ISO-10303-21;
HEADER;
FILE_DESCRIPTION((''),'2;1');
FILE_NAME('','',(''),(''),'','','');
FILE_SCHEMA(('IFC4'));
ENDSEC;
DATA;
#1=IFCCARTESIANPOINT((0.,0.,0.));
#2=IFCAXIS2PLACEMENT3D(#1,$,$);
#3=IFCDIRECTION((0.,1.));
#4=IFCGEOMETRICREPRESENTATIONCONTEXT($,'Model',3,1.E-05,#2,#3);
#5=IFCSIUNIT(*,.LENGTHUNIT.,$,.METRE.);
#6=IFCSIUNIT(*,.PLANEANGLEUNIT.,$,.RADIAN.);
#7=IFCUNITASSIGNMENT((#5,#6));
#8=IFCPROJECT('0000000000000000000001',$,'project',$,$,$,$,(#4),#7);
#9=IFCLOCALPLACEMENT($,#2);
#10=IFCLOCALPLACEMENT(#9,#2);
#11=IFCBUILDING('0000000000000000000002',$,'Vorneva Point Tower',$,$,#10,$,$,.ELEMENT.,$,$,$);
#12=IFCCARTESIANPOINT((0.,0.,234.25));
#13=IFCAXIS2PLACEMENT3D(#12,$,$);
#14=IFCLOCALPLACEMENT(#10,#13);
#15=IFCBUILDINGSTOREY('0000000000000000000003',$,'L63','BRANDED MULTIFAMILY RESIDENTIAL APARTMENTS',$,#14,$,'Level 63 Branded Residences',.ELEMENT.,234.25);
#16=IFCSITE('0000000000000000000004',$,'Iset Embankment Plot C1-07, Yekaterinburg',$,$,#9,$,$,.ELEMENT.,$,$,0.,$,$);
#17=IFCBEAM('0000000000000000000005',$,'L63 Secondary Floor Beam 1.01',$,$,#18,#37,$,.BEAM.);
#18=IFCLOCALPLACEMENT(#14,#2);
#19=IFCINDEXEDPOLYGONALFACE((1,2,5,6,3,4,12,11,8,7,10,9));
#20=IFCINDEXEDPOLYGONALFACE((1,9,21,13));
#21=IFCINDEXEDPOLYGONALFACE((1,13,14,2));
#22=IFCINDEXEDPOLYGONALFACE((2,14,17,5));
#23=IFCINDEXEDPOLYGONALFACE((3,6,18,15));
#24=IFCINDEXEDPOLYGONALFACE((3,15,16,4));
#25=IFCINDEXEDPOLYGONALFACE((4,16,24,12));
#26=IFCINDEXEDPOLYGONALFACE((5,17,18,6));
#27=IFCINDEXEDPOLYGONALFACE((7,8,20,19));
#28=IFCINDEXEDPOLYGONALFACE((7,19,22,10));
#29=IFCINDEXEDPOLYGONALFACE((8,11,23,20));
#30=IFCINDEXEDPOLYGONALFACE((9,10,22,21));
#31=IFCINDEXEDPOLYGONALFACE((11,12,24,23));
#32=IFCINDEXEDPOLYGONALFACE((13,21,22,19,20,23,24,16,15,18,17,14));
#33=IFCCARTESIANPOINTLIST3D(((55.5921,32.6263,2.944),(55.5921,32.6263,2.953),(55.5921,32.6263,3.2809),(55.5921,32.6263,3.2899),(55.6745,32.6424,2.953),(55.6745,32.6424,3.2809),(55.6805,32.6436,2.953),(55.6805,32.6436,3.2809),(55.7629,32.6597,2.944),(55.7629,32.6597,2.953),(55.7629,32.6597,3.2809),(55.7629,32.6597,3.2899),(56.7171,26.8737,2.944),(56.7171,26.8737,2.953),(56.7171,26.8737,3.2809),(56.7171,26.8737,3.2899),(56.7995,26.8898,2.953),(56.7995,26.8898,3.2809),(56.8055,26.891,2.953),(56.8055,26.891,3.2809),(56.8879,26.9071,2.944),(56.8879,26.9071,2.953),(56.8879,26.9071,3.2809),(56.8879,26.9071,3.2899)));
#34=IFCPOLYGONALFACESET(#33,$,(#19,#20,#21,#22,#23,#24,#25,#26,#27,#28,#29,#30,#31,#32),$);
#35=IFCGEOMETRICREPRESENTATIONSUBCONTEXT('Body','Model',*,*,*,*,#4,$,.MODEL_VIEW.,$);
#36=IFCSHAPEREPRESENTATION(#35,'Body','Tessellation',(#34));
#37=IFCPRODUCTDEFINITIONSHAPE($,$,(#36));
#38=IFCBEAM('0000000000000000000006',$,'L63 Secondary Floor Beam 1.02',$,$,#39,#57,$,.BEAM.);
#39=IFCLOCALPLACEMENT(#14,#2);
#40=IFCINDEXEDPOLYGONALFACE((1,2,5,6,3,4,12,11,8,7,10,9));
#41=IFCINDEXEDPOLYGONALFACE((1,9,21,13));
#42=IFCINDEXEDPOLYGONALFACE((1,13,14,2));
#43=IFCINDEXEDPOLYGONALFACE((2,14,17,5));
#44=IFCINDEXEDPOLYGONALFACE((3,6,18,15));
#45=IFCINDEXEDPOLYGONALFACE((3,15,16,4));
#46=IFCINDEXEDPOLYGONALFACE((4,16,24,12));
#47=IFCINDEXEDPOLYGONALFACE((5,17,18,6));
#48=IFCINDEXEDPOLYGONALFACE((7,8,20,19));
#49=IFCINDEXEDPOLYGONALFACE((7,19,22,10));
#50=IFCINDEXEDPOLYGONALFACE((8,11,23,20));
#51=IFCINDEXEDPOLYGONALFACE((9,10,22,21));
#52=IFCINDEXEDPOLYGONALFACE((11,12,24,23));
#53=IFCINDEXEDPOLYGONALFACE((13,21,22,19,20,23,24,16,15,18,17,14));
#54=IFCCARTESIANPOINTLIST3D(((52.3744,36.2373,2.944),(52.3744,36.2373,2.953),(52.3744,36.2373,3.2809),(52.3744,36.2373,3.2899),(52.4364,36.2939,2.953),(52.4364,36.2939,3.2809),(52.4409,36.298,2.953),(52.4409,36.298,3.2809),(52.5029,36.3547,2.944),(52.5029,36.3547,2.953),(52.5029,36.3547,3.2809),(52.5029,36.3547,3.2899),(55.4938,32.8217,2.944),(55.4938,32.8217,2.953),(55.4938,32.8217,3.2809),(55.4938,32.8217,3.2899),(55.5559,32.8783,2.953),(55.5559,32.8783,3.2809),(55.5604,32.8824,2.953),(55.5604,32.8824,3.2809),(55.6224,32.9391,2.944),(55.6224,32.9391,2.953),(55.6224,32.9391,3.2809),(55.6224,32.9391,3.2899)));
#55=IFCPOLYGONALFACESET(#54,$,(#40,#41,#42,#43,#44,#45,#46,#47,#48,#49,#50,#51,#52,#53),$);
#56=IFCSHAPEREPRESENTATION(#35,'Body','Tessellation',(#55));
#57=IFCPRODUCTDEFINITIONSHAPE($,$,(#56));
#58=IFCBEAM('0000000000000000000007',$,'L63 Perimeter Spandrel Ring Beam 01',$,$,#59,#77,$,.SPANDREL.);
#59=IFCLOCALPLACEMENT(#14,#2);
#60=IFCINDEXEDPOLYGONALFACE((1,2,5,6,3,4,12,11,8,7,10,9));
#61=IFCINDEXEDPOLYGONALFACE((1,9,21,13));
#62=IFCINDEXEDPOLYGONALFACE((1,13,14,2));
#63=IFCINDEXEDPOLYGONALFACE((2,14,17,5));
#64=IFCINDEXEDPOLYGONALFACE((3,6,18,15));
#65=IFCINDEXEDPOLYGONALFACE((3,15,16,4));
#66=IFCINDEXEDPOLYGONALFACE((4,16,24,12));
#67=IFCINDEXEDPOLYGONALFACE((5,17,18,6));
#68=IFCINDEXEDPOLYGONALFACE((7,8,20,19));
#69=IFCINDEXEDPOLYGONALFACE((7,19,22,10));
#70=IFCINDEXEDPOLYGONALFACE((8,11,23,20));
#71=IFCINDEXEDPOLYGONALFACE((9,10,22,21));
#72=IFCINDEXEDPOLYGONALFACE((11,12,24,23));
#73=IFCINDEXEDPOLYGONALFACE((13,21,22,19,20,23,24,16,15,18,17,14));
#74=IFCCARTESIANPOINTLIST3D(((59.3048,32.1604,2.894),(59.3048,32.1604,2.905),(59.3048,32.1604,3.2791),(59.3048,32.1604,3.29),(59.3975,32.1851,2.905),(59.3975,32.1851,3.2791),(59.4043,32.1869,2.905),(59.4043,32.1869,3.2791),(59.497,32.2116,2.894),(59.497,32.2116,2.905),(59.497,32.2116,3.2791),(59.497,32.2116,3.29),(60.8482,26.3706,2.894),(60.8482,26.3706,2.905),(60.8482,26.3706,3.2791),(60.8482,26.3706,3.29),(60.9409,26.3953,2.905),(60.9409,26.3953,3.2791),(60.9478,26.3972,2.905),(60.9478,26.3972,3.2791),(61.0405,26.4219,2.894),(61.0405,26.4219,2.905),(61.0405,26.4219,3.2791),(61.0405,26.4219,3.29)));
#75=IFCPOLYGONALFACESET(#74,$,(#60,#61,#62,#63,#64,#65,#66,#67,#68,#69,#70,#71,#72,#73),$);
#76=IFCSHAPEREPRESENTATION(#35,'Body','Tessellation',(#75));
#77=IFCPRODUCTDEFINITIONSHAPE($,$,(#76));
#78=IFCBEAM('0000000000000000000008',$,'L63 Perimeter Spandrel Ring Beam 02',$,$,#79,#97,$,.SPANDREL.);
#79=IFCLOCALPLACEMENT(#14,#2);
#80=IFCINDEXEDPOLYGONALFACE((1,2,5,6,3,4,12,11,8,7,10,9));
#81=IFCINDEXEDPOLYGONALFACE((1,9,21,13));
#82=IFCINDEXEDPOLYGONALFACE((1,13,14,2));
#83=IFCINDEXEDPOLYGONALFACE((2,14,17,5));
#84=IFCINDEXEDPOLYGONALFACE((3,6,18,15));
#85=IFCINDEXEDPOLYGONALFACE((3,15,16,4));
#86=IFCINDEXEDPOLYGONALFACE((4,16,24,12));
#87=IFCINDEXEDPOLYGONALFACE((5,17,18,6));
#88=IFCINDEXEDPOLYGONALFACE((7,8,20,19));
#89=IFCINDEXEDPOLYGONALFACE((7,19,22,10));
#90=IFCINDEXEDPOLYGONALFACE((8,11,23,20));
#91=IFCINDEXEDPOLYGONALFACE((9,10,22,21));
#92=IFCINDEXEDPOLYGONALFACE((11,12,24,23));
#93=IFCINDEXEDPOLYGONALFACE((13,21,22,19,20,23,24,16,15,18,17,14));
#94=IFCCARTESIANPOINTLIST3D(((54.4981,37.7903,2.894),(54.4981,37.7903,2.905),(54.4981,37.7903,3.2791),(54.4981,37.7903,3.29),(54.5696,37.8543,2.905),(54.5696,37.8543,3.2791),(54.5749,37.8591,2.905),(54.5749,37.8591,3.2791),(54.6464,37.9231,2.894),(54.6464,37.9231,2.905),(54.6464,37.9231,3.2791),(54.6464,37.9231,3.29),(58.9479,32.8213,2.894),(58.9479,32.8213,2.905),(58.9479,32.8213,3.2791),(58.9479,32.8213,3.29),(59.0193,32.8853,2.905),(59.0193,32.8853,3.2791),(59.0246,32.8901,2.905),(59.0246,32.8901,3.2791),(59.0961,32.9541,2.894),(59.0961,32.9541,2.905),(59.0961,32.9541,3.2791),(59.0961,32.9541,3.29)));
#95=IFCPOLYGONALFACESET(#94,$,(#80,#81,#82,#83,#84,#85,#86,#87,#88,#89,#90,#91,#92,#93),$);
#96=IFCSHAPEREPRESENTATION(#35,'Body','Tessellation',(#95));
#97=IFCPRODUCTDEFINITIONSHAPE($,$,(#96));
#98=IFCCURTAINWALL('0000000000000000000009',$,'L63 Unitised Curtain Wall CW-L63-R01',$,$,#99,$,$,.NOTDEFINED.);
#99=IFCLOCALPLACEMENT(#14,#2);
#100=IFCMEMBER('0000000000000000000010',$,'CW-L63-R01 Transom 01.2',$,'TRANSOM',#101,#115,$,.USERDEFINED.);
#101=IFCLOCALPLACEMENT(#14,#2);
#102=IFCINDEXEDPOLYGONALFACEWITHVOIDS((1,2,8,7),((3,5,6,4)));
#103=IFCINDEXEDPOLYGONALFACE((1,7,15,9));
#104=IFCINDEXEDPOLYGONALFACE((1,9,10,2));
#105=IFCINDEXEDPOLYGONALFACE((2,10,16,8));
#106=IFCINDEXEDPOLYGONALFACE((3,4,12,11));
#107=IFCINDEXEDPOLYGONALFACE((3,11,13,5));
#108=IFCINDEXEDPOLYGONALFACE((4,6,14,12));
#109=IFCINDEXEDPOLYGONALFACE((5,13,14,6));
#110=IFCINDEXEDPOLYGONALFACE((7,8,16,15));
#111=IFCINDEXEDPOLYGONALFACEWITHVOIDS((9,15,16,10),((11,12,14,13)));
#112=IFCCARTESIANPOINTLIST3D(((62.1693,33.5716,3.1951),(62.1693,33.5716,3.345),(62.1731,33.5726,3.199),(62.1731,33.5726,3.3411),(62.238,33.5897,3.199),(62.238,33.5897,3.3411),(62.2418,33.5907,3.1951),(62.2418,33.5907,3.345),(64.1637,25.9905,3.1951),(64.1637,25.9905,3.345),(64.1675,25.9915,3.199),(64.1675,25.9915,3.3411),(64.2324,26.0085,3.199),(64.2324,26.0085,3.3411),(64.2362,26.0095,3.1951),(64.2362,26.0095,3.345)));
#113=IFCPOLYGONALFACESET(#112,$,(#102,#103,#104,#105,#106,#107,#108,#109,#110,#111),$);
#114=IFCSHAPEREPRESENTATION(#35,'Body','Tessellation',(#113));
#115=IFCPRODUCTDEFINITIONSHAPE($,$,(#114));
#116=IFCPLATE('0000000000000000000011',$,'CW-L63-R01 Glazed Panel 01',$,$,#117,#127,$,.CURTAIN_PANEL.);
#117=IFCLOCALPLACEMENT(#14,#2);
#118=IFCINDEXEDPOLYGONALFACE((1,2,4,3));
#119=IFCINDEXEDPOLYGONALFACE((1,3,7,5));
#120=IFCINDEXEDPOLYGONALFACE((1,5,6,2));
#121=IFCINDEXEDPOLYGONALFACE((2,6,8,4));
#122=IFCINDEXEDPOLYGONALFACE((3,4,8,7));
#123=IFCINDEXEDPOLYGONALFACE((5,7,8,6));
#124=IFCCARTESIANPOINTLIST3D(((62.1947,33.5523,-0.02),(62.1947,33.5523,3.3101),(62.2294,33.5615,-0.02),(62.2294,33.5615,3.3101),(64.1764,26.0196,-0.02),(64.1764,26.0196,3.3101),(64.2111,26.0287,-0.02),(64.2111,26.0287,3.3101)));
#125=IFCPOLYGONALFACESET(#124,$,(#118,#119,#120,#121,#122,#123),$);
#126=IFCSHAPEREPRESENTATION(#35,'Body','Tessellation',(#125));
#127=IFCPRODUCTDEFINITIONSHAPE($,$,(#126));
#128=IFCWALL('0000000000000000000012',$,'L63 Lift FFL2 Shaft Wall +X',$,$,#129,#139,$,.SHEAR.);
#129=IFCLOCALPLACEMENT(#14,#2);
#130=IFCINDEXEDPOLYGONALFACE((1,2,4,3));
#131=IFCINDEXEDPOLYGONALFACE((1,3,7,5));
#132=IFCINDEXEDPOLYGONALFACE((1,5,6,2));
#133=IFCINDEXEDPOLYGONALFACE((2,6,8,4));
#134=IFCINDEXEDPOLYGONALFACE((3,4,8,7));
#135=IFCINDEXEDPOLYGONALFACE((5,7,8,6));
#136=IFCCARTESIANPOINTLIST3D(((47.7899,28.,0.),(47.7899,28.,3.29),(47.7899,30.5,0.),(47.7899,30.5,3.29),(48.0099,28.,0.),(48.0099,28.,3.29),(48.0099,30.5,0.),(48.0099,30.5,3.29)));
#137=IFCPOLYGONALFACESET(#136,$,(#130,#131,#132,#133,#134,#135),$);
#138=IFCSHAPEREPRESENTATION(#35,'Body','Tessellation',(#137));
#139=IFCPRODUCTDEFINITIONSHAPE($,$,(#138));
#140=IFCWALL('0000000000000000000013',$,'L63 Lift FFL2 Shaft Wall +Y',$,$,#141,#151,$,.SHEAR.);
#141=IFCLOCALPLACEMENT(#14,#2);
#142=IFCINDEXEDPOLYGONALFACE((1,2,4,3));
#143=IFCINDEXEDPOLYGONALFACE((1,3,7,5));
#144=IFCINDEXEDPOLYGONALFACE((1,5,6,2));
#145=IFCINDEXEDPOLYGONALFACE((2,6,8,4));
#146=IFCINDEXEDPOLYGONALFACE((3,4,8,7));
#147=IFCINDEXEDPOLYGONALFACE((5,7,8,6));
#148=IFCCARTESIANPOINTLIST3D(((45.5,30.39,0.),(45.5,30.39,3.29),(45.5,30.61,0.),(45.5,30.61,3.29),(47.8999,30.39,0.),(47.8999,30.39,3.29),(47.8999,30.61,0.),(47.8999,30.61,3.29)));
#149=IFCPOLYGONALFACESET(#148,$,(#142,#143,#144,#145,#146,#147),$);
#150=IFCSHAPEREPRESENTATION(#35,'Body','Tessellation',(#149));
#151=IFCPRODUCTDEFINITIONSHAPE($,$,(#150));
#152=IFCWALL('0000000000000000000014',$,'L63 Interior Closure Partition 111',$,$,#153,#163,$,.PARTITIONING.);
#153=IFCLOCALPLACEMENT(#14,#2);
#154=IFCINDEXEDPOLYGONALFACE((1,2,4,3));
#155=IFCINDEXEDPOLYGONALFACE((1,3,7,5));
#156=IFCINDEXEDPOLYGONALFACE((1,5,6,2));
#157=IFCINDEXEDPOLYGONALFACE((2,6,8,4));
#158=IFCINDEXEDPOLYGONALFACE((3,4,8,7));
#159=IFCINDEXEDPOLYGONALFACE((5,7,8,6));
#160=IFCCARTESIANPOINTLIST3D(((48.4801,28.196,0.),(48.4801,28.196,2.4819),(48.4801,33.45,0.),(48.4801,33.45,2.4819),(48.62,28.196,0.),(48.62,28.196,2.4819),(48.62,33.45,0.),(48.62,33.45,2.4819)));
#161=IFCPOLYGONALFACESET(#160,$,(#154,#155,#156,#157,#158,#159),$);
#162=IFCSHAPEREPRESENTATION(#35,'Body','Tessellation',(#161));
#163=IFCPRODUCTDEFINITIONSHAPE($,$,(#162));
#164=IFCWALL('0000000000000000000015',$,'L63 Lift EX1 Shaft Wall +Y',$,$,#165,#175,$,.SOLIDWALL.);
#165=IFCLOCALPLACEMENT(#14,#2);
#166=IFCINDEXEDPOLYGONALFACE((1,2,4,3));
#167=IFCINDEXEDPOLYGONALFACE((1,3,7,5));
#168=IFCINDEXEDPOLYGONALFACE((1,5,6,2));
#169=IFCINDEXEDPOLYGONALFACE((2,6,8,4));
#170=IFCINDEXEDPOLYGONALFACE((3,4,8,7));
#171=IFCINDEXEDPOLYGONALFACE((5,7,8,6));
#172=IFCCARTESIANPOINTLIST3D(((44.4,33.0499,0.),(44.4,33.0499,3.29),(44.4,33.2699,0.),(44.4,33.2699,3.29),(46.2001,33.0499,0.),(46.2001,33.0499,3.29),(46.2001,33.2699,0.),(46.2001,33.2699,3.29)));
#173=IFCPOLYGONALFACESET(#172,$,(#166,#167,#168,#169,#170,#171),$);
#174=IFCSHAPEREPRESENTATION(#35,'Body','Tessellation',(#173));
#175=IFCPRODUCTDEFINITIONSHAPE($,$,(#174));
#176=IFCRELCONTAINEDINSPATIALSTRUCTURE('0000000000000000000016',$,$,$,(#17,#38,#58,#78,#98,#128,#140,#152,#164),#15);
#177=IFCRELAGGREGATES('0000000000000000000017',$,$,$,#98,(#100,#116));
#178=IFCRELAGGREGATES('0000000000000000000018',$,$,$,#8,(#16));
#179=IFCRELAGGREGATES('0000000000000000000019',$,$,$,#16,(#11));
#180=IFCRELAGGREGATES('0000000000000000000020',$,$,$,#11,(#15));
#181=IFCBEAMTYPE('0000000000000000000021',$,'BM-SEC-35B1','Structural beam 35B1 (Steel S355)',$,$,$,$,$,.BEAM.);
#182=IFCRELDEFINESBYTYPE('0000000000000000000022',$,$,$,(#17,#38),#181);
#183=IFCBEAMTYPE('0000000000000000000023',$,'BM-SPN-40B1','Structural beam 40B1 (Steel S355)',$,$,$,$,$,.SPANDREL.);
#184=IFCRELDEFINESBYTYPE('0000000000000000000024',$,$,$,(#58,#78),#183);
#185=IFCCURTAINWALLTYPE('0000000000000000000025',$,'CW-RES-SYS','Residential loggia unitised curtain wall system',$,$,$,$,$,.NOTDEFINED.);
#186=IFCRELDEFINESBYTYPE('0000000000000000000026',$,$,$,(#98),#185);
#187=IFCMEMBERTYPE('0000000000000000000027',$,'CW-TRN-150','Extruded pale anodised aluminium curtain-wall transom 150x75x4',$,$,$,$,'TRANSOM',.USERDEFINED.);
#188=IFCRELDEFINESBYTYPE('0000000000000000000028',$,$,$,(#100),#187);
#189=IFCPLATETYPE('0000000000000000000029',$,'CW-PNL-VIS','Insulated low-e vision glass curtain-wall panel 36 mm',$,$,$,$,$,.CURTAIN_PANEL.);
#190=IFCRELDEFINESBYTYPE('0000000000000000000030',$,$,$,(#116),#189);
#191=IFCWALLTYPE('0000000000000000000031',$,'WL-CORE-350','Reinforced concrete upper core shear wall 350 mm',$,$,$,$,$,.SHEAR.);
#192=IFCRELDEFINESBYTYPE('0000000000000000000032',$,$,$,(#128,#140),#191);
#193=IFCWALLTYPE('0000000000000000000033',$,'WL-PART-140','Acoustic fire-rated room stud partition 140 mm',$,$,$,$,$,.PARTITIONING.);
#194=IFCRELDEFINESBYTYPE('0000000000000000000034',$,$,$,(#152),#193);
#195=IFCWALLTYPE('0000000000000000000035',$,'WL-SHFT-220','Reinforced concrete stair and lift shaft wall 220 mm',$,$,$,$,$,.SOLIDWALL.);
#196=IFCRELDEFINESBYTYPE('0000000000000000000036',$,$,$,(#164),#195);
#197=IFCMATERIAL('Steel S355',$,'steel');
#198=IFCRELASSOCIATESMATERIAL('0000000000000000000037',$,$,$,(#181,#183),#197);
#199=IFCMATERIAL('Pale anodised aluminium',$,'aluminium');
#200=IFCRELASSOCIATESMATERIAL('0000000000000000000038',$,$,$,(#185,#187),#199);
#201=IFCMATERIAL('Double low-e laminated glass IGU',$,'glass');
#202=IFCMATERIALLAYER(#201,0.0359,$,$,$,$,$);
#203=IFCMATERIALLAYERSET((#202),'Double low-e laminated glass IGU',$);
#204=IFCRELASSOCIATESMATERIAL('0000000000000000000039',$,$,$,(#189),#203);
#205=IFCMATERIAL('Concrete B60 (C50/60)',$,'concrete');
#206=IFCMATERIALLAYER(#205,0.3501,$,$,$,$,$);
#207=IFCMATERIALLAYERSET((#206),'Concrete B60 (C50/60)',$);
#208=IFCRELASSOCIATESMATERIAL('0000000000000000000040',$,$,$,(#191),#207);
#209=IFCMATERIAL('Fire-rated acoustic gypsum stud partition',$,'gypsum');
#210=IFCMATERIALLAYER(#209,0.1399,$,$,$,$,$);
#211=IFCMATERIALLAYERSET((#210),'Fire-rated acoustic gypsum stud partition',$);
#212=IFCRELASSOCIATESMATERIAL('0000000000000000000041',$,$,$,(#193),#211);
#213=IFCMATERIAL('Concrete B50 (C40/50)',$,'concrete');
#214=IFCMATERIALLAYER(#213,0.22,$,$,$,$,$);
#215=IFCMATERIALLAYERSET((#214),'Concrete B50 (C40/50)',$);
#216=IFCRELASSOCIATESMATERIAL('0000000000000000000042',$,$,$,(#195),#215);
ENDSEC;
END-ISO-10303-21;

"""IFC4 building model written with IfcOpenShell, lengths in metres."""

from ifc_helpers import new_model, si_unit, direction, frame, frame_2d, origin, origin_2d, place, context, subcontext, project, spatial, rectangle, hollow_rectangle, i_section, extrude, material, layer, layer_set, material_profile, profile_set, type_object, element, aggregate, save


model = new_model("IFC4")

# Units and contexts
model_context = context("Model", 3, precision=1e-05, world=origin(), true_north=direction((0.0, 1.0)))
body_context = subcontext(model_context, "Body", "Model", "MODEL_VIEW")
ifc_project = project(units=[si_unit("LENGTHUNIT", "METRE"), si_unit("PLANEANGLEUNIT", "RADIAN")], contexts=[model_context])

# Site, building, storey
site_placement = place(None, origin())
site = spatial("IfcSite", under=ifc_project, at=site_placement, Name="Iset Embankment Plot C1-07, Yekaterinburg", CompositionType="ELEMENT", RefElevation=0.0)
building_placement = place(site_placement, origin())
building = spatial("IfcBuilding", under=site, at=building_placement, Name="Vorneva Point Tower", CompositionType="ELEMENT")
storey_placement = place(building_placement, frame((0.0, 0.0, 234.25)))
storey = spatial("IfcBuildingStorey", under=building, at=storey_placement, Name="L63", Description="BRANDED MULTIFAMILY RESIDENTIAL APARTMENTS", LongName="Level 63 Branded Residences", CompositionType="ELEMENT", Elevation=234.25)

# Shared definitions
ifc_material_1 = material(Name="Concrete B50 (C40/50)", Category="concrete")

# Beams
ifc_material_2 = material(Name="Steel S355", Category="steel")
ifc_material_profile_1 = material_profile(ifc_material_2, i_section(OverallWidth=0.1741, OverallDepth=0.3459, WebThickness=0.0061, FlangeThickness=0.009, at=origin_2d()), Name="35B1")
ifc_profile_set_1 = profile_set([ifc_material_profile_1], Name="Steel S355")
beam_type_1 = type_object("IfcBeamType", Name="BM-SEC-35B1", Description="Structural beam 35B1 (Steel S355)", PredefinedType="BEAM", material=ifc_profile_set_1)
beam_1_placement = place(storey_placement, frame((56.8025, 26.8904, 3.1169), z_axis=(-0.191925, 0.98141, 0.0), x_axis=(-0.98141, -0.191925, 0.0)))
element("IfcBeam", 1, at=beam_1_placement, inside=storey, type_object=beam_type_1, Name="L63 Secondary Floor Beam 1.01", PredefinedType="BEAM", context=body_context, shape_type="SweptSolid", body=[
    extrude(i_section(OverallWidth=0.1741, OverallDepth=0.3459, WebThickness=0.0061, FlangeThickness=0.009, at=origin_2d()), origin(), (0.0, 0.0, 1.0), 5.8616),
])
beam_2_placement = place(storey_placement, frame((55.5581, 32.8804, 3.1169), z_axis=(-0.674371, 0.738393, 0.0), x_axis=(-0.738393, -0.674371, 0.0)))
element("IfcBeam", 2, at=beam_2_placement, inside=storey, type_object=beam_type_1, Name="L63 Secondary Floor Beam 1.02", PredefinedType="BEAM", context=body_context, shape_type="SweptSolid", body=[
    extrude(i_section(OverallWidth=0.1741, OverallDepth=0.3459, WebThickness=0.0061, FlangeThickness=0.009, at=origin_2d()), origin(), (0.0, 0.0, 1.0), 4.6257),
])
ifc_material_profile_2 = material_profile(ifc_material_2, i_section(OverallWidth=0.199, OverallDepth=0.396, WebThickness=0.0071, FlangeThickness=0.011, at=origin_2d()), Name="40B1")
ifc_profile_set_2 = profile_set([ifc_material_profile_2], Name="Steel S355")
beam_type_2 = type_object("IfcBeamType", Name="BM-SPN-40B1", Description="Structural beam 40B1 (Steel S355)", PredefinedType="SPANDREL", material=ifc_profile_set_2)
beam_3_placement = place(storey_placement, frame((60.9443, 26.3962, 3.092), z_axis=(-0.257587, 0.966255, 0.0), x_axis=(-0.966255, -0.257587, 0.0)))
element("IfcBeam", 3, at=beam_3_placement, inside=storey, type_object=beam_type_2, Name="L63 Perimeter Spandrel Ring Beam 01", PredefinedType="SPANDREL", context=body_context, shape_type="SweptSolid", body=[
    extrude(i_section(OverallWidth=0.199, OverallDepth=0.396, WebThickness=0.0071, FlangeThickness=0.011, at=origin_2d()), origin(), (0.0, 0.0, 1.0), 5.9919),
])
beam_4_placement = place(storey_placement, frame((59.022, 32.8877, 3.092), z_axis=(-0.667108, 0.744961, 0.0), x_axis=(-0.744961, -0.667108, 0.0)))
element("IfcBeam", 4, at=beam_4_placement, inside=storey, type_object=beam_type_2, Name="L63 Perimeter Spandrel Ring Beam 02", PredefinedType="SPANDREL", context=body_context, shape_type="SweptSolid", body=[
    extrude(i_section(OverallWidth=0.199, OverallDepth=0.396, WebThickness=0.0071, FlangeThickness=0.011, at=origin_2d()), origin(), (0.0, 0.0, 1.0), 6.6702),
])

# Curtain wall, member, plate
ifc_material_3 = material(Name="Pale anodised aluminium", Category="aluminium")
curtain_wall_type = type_object("IfcCurtainWallType", Name="CW-RES-SYS", Description="Residential loggia unitised curtain wall system", PredefinedType="NOTDEFINED", material=ifc_material_3)
curtain_wall_placement = place(storey_placement, origin())
curtain_wall = element("IfcCurtainWall", 5, at=curtain_wall_placement, inside=storey, type_object=curtain_wall_type, Name="L63 Unitised Curtain Wall CW-L63-R01", PredefinedType="NOTDEFINED")
ifc_material_profile_3 = material_profile(ifc_material_3, hollow_rectangle(XDim=0.075, YDim=0.1499, WallThickness=0.0039, at=origin_2d()), Name="AL-TRN 150x75x4")
ifc_profile_set_3 = profile_set([ifc_material_profile_3], Name="Pale anodised aluminium")
member_type = type_object("IfcMemberType", Name="CW-TRN-150", Description="Extruded pale anodised aluminium curtain-wall transom 150x75x4", ElementType="TRANSOM", PredefinedType="USERDEFINED", material=ifc_profile_set_3)
member_placement = place(storey_placement, frame((64.2, 26.0, 3.27), z_axis=(-0.254418, 0.967094, 0.0), x_axis=(-0.967094, -0.254418, 0.0)))
member = element("IfcMember", 6, at=member_placement, type_object=member_type, Name="CW-L63-R01 Transom 01.2", ObjectType="TRANSOM", PredefinedType="USERDEFINED", context=body_context, shape_type="SweptSolid", body=[
    extrude(hollow_rectangle(XDim=0.075, YDim=0.1499, WallThickness=0.0039, at=origin_2d()), origin(), (0.0, 0.0, 1.0), 7.8391),
])
ifc_material_4 = material(Name="Double low-e laminated glass IGU", Category="glass")
ifc_layer_1 = layer(ifc_material_4, 0.0359)
ifc_layer_set_1 = layer_set([ifc_layer_1], Name="Double low-e laminated glass IGU")
plate_type = type_object("IfcPlateType", Name="CW-PNL-VIS", Description="Insulated low-e vision glass curtain-wall panel 36 mm", PredefinedType="CURTAIN_PANEL", material=ifc_layer_set_1)
plate_placement = place(storey_placement, frame((63.2029, 29.7905, -0.02), z_axis=(0.0, 0.0, 1.0), x_axis=(-0.254416, 0.967095, 0.0)))
plate = element("IfcPlate", 7, at=plate_placement, type_object=plate_type, Name="CW-L63-R01 Glazed Panel 01", PredefinedType="CURTAIN_PANEL", context=body_context, shape_type="SweptSolid", body=[
    extrude(rectangle(XDim=7.7891, YDim=0.0359, at=origin_2d()), origin(), (0.0, 0.0, 1.0), 3.3301),
])
aggregate(curtain_wall, [member, plate])

# Walls
ifc_material_5 = material(Name="Concrete B60 (C50/60)", Category="concrete")
ifc_layer_2 = layer(ifc_material_5, 0.3501)
ifc_layer_set_2 = layer_set([ifc_layer_2], Name="Concrete B60 (C50/60)")
wall_type_1 = type_object("IfcWallType", Name="WL-CORE-350", Description="Reinforced concrete upper core shear wall 350 mm", PredefinedType="SHEAR", material=ifc_layer_set_2)
wall_1_placement = place(storey_placement, frame((47.8999, 28.0, 0.0), z_axis=(0.0, 0.0, 1.0), x_axis=(0.0, 1.0, 0.0)))
element("IfcWall", 8, at=wall_1_placement, inside=storey, type_object=wall_type_1, Name="L63 Lift FFL2 Shaft Wall +X", PredefinedType="SHEAR", context=body_context, shape_type="SweptSolid", body=[
    extrude(rectangle(XDim=2.5, YDim=0.22, at=frame_2d((1.25, 0.0))), origin(), (0.0, 0.0, 1.0), 3.29),
])
wall_2_placement = place(storey_placement, frame((47.8999, 30.5, 0.0), z_axis=(0.0, 0.0, 1.0), x_axis=(-1.0, 0.0, 0.0)))
element("IfcWall", 9, at=wall_2_placement, inside=storey, type_object=wall_type_1, Name="L63 Lift FFL2 Shaft Wall +Y", PredefinedType="SHEAR", context=body_context, shape_type="SweptSolid", body=[
    extrude(rectangle(XDim=2.3999, YDim=0.22, at=frame_2d((1.2, 0.0))), origin(), (0.0, 0.0, 1.0), 3.29),
])
ifc_material_6 = material(Name="Fire-rated acoustic gypsum stud partition", Category="gypsum")
ifc_layer_3 = layer(ifc_material_6, 0.1399)
ifc_layer_set_3 = layer_set([ifc_layer_3], Name="Fire-rated acoustic gypsum stud partition")
wall_type_2 = type_object("IfcWallType", Name="WL-PART-140", Description="Acoustic fire-rated room stud partition 140 mm", PredefinedType="PARTITIONING", material=ifc_layer_set_3)
wall_3_placement = place(storey_placement, frame((48.55, 28.196, 0.0), z_axis=(0.0, 0.0, 1.0), x_axis=(0.0, 1.0, 0.0)))
element("IfcWall", 10, at=wall_3_placement, inside=storey, type_object=wall_type_2, Name="L63 Interior Closure Partition 111", PredefinedType="PARTITIONING", context=body_context, shape_type="SweptSolid", body=[
    extrude(rectangle(XDim=5.2539, YDim=0.1399, at=frame_2d((2.627, 0.0))), origin(), (0.0, 0.0, 1.0), 2.4819),
])
ifc_layer_4 = layer(ifc_material_1, 0.22)
ifc_layer_set_4 = layer_set([ifc_layer_4], Name="Concrete B50 (C40/50)")
wall_type_3 = type_object("IfcWallType", Name="WL-SHFT-220", Description="Reinforced concrete stair and lift shaft wall 220 mm", PredefinedType="SOLIDWALL", material=ifc_layer_set_4)
for number, where, z_axis, x_axis, name in (
    (11, (46.2, 33.1599, 0.0), (0.0, 0.0, 1.0), (-1.0, 0.0, 0.0), "L63 Lift EX1 Shaft Wall +Y"),
):
    element("IfcWall", number, at=place(storey_placement, frame(where, z_axis=z_axis, x_axis=x_axis)), inside=storey, type_object=wall_type_3, Name=name, PredefinedType="SOLIDWALL", context=body_context, shape_type="SweptSolid", body=[
        extrude(rectangle(XDim=1.8, YDim=0.22, at=frame_2d((0.8999, 0.0))), origin(), (0.0, 0.0, 1.0), 3.29),
    ])

save(model, "model.ifc")
